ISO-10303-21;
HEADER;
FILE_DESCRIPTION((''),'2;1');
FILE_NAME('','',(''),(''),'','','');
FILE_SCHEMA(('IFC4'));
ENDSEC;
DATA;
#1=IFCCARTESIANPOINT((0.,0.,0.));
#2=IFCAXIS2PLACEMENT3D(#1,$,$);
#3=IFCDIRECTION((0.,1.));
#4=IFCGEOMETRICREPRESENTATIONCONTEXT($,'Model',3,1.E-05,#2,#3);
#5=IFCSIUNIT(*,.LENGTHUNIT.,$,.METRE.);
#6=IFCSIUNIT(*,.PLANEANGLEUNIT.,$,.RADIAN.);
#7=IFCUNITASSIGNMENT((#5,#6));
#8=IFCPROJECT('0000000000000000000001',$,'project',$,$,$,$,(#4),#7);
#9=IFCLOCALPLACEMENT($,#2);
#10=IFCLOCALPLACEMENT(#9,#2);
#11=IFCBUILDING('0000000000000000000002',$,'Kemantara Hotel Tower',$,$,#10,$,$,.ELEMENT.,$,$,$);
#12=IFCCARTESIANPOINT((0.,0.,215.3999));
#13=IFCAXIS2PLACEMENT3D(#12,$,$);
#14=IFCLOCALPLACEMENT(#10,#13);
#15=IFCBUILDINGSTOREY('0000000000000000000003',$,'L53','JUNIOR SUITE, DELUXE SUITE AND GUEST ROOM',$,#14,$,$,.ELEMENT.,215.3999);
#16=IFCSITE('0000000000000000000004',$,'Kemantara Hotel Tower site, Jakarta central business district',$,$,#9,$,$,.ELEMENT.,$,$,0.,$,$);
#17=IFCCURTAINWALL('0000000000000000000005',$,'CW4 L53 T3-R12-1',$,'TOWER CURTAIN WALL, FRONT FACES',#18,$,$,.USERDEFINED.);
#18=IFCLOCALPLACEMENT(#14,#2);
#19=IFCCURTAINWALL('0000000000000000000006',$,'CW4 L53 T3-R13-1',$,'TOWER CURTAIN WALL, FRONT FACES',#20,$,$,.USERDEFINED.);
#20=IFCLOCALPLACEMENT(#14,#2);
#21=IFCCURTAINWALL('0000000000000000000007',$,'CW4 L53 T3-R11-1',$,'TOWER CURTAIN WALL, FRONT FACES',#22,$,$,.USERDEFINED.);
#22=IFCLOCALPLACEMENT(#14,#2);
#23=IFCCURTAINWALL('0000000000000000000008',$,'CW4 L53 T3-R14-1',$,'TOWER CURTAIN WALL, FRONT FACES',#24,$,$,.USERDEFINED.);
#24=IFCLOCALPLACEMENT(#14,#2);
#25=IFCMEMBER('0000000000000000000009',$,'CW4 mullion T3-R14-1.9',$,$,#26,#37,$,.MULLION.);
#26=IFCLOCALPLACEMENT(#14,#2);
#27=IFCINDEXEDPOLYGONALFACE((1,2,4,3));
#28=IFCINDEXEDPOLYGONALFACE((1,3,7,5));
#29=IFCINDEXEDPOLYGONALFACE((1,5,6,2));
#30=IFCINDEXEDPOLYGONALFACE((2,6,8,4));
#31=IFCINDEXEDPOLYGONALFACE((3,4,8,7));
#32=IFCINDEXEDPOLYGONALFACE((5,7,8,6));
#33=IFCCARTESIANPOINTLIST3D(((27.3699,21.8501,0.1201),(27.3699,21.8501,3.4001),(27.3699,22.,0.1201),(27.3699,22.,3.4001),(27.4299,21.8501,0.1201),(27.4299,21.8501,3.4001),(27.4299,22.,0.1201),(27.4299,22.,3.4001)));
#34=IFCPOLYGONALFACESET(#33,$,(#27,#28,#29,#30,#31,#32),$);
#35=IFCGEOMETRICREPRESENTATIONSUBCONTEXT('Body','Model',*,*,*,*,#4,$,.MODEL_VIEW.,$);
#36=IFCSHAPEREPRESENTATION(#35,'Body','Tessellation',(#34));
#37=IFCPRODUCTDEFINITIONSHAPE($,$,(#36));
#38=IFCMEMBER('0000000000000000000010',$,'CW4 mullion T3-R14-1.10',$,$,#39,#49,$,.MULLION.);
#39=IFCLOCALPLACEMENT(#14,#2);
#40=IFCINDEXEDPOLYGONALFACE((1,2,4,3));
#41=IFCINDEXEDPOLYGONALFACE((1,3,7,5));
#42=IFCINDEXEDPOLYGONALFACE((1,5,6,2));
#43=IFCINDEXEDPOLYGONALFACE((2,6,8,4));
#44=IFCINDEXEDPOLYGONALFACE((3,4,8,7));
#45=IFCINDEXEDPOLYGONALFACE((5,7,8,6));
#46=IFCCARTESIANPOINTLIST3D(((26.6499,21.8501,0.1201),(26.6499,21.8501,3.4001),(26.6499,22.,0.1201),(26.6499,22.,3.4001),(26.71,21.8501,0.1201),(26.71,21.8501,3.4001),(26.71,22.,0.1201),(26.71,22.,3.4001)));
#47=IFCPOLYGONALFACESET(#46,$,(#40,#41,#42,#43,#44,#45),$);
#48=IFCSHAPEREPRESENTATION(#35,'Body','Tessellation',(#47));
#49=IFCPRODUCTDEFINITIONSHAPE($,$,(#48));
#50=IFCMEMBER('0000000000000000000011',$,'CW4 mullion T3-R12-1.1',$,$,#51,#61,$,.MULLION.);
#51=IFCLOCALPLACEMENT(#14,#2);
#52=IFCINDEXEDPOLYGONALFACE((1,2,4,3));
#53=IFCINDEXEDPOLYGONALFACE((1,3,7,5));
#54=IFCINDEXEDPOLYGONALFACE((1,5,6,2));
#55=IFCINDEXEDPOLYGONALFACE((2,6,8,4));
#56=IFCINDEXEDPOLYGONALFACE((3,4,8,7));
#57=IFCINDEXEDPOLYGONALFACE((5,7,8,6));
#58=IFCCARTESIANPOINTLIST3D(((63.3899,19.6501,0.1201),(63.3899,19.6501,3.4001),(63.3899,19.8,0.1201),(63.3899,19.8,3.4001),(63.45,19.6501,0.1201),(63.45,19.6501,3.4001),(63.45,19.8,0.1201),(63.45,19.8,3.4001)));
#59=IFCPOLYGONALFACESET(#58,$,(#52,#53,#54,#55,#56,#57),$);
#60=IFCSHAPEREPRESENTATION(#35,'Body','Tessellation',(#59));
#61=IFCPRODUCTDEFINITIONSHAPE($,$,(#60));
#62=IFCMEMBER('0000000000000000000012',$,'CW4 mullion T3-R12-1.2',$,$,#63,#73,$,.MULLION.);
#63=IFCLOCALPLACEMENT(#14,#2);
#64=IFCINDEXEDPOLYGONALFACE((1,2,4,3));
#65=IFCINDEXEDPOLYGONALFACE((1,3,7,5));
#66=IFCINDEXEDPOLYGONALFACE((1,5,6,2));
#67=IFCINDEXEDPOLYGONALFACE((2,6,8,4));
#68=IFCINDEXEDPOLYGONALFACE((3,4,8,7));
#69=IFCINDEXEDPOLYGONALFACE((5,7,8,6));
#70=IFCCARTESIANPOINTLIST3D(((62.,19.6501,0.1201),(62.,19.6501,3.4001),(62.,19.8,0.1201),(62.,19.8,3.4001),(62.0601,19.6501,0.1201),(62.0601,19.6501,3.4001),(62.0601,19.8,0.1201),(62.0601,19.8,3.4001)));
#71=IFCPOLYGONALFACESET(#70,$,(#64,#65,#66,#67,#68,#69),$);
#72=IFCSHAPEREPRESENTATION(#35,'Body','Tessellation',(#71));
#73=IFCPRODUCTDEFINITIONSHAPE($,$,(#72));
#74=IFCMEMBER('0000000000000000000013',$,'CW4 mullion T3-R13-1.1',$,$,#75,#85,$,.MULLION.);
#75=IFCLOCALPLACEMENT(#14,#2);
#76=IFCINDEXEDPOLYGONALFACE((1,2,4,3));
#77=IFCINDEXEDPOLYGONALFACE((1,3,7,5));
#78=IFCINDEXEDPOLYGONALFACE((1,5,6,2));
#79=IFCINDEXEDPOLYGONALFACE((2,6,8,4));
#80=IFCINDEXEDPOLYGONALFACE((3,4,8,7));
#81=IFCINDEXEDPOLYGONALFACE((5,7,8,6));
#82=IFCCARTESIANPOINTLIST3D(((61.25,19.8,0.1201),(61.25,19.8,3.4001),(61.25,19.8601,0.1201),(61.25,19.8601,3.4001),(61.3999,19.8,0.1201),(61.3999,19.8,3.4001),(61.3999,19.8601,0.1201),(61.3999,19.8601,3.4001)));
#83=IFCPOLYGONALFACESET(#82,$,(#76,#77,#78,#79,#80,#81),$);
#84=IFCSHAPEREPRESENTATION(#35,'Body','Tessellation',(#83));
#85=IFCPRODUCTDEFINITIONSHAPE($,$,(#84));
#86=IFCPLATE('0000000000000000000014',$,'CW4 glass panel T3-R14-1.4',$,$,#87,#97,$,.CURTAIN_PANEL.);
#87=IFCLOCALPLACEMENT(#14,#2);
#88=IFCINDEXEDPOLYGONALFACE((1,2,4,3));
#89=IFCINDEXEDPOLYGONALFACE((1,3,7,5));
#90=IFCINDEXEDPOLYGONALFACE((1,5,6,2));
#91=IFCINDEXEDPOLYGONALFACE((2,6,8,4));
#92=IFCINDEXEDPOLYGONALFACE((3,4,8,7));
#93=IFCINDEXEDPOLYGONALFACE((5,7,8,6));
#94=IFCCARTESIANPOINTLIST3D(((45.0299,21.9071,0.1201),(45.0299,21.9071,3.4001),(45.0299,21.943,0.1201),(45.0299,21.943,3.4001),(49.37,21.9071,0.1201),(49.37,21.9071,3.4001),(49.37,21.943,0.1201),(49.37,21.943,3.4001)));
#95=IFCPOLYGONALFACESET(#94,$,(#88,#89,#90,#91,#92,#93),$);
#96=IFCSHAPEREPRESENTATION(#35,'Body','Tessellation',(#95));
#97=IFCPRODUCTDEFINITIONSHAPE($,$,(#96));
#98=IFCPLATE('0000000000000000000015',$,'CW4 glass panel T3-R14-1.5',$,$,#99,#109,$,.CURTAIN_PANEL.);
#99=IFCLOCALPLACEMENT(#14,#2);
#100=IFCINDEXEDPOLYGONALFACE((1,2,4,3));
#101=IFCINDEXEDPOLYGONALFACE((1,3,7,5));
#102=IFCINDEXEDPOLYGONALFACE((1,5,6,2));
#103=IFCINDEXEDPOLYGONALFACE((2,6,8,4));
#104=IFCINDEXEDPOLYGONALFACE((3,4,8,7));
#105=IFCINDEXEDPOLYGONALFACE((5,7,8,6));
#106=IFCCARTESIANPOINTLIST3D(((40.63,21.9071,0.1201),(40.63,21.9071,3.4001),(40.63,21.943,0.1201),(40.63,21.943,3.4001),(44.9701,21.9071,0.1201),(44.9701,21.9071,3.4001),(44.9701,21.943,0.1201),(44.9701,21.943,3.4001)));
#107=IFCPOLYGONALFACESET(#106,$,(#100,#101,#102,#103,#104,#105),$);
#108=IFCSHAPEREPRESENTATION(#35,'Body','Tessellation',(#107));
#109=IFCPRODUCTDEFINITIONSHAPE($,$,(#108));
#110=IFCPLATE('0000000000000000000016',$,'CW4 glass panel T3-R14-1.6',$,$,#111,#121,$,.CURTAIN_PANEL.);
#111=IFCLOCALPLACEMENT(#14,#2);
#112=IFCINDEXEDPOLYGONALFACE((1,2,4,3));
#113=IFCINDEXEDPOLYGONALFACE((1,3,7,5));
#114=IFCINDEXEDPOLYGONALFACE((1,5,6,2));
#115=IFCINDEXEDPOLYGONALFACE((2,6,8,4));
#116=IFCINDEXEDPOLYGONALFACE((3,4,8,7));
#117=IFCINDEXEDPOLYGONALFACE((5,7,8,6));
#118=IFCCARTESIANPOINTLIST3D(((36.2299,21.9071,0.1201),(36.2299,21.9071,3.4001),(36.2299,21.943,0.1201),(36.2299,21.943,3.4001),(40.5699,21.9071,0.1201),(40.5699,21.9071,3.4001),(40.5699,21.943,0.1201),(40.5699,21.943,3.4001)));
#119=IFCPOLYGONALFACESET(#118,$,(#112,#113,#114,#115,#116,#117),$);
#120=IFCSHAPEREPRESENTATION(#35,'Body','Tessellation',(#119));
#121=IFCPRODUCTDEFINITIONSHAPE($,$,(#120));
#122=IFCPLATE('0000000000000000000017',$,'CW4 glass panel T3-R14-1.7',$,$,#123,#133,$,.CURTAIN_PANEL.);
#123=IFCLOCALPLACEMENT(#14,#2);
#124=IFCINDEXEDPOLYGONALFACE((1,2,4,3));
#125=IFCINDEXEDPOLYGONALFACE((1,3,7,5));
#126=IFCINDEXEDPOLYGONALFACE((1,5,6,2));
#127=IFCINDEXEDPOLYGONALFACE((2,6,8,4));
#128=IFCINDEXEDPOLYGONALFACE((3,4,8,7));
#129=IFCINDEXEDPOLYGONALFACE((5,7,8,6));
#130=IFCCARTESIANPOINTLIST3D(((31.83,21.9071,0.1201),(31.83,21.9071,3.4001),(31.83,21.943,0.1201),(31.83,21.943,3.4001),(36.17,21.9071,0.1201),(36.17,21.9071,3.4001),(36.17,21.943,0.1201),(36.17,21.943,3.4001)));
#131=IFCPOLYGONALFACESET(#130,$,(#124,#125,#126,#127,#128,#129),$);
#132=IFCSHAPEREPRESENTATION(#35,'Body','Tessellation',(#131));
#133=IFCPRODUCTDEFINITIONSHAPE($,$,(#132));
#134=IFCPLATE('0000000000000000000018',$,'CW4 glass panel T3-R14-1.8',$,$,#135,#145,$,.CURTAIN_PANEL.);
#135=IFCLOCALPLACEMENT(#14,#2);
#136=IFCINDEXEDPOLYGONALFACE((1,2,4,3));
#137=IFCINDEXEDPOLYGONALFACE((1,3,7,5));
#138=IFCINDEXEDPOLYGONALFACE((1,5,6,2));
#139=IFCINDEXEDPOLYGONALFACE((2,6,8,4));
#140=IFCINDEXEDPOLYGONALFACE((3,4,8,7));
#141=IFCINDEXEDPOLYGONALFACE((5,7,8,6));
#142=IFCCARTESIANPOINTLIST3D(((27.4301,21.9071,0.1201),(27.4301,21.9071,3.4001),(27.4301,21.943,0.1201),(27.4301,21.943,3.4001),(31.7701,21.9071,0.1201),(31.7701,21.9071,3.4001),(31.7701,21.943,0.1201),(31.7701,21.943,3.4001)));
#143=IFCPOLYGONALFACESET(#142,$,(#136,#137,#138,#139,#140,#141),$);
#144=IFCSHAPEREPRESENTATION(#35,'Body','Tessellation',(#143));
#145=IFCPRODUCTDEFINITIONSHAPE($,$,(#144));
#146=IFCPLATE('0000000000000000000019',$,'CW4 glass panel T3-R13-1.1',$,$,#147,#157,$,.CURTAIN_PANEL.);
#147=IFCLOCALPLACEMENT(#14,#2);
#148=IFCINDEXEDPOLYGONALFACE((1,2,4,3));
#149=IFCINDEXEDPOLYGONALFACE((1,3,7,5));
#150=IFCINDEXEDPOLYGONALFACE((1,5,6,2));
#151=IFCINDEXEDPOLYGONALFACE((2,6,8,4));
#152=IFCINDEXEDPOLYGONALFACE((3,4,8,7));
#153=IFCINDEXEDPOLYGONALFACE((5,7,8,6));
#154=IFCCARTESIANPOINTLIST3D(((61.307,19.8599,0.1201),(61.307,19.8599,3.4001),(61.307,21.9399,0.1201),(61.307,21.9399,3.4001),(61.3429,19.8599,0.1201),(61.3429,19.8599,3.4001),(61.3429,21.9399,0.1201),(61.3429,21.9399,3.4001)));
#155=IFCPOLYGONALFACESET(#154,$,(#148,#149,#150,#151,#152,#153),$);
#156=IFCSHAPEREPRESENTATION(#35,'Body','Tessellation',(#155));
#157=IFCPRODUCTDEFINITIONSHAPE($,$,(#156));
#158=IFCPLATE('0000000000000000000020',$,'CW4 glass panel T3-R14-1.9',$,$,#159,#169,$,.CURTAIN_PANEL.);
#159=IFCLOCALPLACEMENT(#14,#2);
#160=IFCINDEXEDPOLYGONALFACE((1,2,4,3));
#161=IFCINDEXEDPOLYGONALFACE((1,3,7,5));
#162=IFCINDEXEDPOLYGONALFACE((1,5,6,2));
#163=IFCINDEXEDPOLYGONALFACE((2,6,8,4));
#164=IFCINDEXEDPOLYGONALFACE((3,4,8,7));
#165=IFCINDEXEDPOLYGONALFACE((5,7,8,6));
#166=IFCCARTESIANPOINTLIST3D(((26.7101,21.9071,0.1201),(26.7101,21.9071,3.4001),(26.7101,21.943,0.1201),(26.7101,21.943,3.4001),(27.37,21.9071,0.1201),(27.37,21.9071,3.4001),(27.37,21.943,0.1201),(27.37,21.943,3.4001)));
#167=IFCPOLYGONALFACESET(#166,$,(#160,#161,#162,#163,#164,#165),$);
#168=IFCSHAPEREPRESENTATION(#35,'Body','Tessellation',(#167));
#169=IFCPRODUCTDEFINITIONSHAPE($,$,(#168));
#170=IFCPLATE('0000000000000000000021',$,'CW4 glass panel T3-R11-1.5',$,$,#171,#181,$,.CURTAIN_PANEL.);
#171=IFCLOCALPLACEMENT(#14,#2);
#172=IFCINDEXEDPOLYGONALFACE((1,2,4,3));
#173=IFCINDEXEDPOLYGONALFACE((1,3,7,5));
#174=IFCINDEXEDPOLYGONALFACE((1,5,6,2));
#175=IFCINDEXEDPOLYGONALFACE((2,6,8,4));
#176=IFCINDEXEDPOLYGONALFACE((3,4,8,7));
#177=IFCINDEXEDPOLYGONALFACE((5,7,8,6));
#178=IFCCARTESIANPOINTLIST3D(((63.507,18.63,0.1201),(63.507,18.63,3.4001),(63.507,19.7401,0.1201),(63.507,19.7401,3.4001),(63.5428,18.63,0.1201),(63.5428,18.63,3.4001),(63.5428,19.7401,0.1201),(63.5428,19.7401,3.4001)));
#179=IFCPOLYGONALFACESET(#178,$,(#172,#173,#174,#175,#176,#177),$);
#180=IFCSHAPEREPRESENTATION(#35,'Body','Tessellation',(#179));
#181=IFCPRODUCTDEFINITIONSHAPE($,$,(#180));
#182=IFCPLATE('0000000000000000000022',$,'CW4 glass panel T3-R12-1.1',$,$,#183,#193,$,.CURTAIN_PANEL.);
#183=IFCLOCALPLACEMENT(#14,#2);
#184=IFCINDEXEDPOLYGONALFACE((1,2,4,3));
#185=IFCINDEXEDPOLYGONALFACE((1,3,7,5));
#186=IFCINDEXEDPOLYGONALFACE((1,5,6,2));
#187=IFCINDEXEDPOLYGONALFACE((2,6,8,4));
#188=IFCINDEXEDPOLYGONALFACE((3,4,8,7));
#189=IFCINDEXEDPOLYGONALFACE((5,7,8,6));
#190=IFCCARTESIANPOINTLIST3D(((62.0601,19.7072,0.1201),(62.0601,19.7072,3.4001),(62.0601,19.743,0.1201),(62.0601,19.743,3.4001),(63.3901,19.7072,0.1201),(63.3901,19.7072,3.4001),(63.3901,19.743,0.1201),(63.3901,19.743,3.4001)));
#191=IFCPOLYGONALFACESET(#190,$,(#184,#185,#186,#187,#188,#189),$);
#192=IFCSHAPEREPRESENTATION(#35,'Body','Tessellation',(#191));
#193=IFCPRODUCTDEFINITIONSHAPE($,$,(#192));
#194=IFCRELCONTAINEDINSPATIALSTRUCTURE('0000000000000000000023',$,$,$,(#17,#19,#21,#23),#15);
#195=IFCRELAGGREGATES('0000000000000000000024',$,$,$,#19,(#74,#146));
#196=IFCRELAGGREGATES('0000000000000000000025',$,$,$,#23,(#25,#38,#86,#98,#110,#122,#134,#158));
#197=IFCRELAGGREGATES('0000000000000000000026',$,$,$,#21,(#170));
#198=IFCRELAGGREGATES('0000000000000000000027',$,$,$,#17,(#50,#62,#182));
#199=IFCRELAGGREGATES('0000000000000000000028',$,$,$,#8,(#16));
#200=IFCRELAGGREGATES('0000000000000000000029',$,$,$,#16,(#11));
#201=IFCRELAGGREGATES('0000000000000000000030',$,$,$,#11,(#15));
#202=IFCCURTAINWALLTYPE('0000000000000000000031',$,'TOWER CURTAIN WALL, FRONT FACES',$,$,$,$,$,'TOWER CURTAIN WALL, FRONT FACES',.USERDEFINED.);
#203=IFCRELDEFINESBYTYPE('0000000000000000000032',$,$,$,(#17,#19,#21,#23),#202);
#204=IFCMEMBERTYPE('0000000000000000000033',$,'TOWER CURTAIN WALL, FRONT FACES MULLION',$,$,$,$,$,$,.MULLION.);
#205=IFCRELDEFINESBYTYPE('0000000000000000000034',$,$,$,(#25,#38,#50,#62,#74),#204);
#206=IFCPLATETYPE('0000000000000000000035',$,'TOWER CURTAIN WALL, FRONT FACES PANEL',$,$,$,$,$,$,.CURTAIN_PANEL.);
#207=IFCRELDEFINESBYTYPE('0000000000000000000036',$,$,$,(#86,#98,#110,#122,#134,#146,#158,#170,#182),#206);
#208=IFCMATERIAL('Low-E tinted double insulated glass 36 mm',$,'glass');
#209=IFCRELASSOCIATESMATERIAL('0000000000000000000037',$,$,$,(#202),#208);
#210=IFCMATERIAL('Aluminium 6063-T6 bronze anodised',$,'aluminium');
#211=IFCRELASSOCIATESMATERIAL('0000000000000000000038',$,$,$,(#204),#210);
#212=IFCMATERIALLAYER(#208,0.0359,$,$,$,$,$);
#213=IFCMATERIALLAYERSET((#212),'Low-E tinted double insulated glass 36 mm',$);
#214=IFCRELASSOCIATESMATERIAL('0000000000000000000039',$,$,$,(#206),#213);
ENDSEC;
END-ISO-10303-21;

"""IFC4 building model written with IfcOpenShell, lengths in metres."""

from ifc_helpers import new_model, si_unit, direction, frame, origin, origin_2d, place, context, subcontext, project, spatial, rectangle, extrude, source, transform, mapped, material, layer, layer_set, material_profile, profile_set, type_object, element, aggregate, save


model = new_model("IFC4")

# Units and contexts
model_context = context("Model", 3, precision=1e-05, world=origin(), true_north=direction((0.0, 1.0)))
body_context = subcontext(model_context, "Body", "Model", "MODEL_VIEW")
ifc_project = project(units=[si_unit("LENGTHUNIT", "METRE"), si_unit("PLANEANGLEUNIT", "RADIAN")], contexts=[model_context])

# Site, building, storey
site_placement = place(None, origin())
site = spatial("IfcSite", under=ifc_project, at=site_placement, Name="Kemantara Hotel Tower site, Jakarta central business district", CompositionType="ELEMENT", RefElevation=0.0)
building_placement = place(site_placement, origin())
building = spatial("IfcBuilding", under=site, at=building_placement, Name="Kemantara Hotel Tower", CompositionType="ELEMENT")
storey_placement = place(building_placement, frame((0.0, 0.0, 215.3999)))
storey = spatial("IfcBuildingStorey", under=building, at=storey_placement, Name="L53", Description="JUNIOR SUITE, DELUXE SUITE AND GUEST ROOM", CompositionType="ELEMENT", Elevation=215.3999)

# Curtain walls
ifc_material_1 = material(Name="Low-E tinted double insulated glass 36 mm", Category="glass")
curtain_wall_type = type_object("IfcCurtainWallType", Name="TOWER CURTAIN WALL, FRONT FACES", ElementType="TOWER CURTAIN WALL, FRONT FACES", PredefinedType="USERDEFINED", material=ifc_material_1)
curtain_wall_1_placement = place(storey_placement, origin())
curtain_wall_1 = element("IfcCurtainWall", 1, at=curtain_wall_1_placement, inside=storey, type_object=curtain_wall_type, Name="CW4 L53 T3-R12-1", ObjectType="TOWER CURTAIN WALL, FRONT FACES", PredefinedType="USERDEFINED")
ifc_material_2 = material(Name="Aluminium 6063-T6 bronze anodised", Category="aluminium")
curtain_wall_2_placement = place(storey_placement, origin())
curtain_wall_2 = element("IfcCurtainWall", 2, at=curtain_wall_2_placement, inside=storey, type_object=curtain_wall_type, Name="CW4 L53 T3-R13-1", ObjectType="TOWER CURTAIN WALL, FRONT FACES", PredefinedType="USERDEFINED")

# Curtain walls, members
curtain_wall_3_placement = place(storey_placement, origin())
curtain_wall_3 = element("IfcCurtainWall", 3, at=curtain_wall_3_placement, inside=storey, type_object=curtain_wall_type, Name="CW4 L53 T3-R11-1", ObjectType="TOWER CURTAIN WALL, FRONT FACES", PredefinedType="USERDEFINED")
ifc_material_profile_1 = material_profile(ifc_material_2, rectangle(XDim=0.1499, YDim=0.0601, at=origin_2d()), Name="TOWER CURTAIN WALL, FRONT FACES MULLION")
ifc_profile_set_1 = profile_set([ifc_material_profile_1], Name="Aluminium 6063-T6 bronze anodised")
member_type_1 = type_object("IfcMemberType", Name="TOWER CURTAIN WALL, FRONT FACES MULLION", PredefinedType="MULLION", material=ifc_profile_set_1)
shared_shape_1 = source(origin(), body_context, "Body", "SweptSolid", [
    extrude(rectangle(XDim=0.1499, YDim=0.0601, at=origin_2d()), origin(), (0.0, 0.0, 1.0), 3.28),
])
curtain_wall_4_placement = place(storey_placement, origin())
curtain_wall_4 = element("IfcCurtainWall", 4, at=curtain_wall_4_placement, inside=storey, type_object=curtain_wall_type, Name="CW4 L53 T3-R14-1", ObjectType="TOWER CURTAIN WALL, FRONT FACES", PredefinedType="USERDEFINED")
member_1_placement = place(storey_placement, frame((27.3999, 21.925, 0.1201), z_axis=(0.0, 0.0, 1.0), x_axis=(0.0, -1.0, 0.0)))
member_1 = element("IfcMember", 5, at=member_1_placement, type_object=member_type_1, Name="CW4 mullion T3-R14-1.9", PredefinedType="MULLION", context=body_context, shape_type="MappedRepresentation", body=[
    mapped(shared_shape_1, transform((0.0, 0.0, 0.0))),
])
member_2_placement = place(storey_placement, frame((26.6799, 21.925, 0.1201), z_axis=(0.0, 0.0, 1.0), x_axis=(0.0, -1.0, 0.0)))
member_2 = element("IfcMember", 6, at=member_2_placement, type_object=member_type_1, Name="CW4 mullion T3-R14-1.10", PredefinedType="MULLION", context=body_context, shape_type="MappedRepresentation", body=[
    mapped(shared_shape_1, transform((0.0, 0.0, 0.0))),
])

# Members
member_3_placement = place(storey_placement, frame((63.4199, 19.7251, 0.1201), z_axis=(0.0, 0.0, 1.0), x_axis=(0.0, -1.0, 0.0)))
member_3 = element("IfcMember", 7, at=member_3_placement, type_object=member_type_1, Name="CW4 mullion T3-R12-1.1", PredefinedType="MULLION", context=body_context, shape_type="MappedRepresentation", body=[
    mapped(shared_shape_1, transform((0.0, 0.0, 0.0))),
])
member_4_placement = place(storey_placement, frame((62.03, 19.7251, 0.1201), z_axis=(0.0, 0.0, 1.0), x_axis=(0.0, -1.0, 0.0)))
member_4 = element("IfcMember", 8, at=member_4_placement, type_object=member_type_1, Name="CW4 mullion T3-R12-1.2", PredefinedType="MULLION", context=body_context, shape_type="MappedRepresentation", body=[
    mapped(shared_shape_1, transform((0.0, 0.0, 0.0))),
])
member_5_placement = place(storey_placement, frame((61.325, 19.8301, 0.1201), z_axis=(0.0, 0.0, 1.0), x_axis=(-1.0, 0.0, 0.0)))
member_5 = element("IfcMember", 9, at=member_5_placement, type_object=member_type_1, Name="CW4 mullion T3-R13-1.1", PredefinedType="MULLION", context=body_context, shape_type="MappedRepresentation", body=[
    mapped(shared_shape_1, transform((0.0, 0.0, 0.0))),
])

# Plates
ifc_layer_1 = layer(ifc_material_1, 0.0359)
ifc_layer_set_1 = layer_set([ifc_layer_1], Name="Low-E tinted double insulated glass 36 mm")
plate_type = type_object("IfcPlateType", Name="TOWER CURTAIN WALL, FRONT FACES PANEL", PredefinedType="CURTAIN_PANEL", material=ifc_layer_set_1)
shared_shape_2 = source(origin(), body_context, "Body", "SweptSolid", [
    extrude(rectangle(XDim=4.3401, YDim=0.0359, at=origin_2d()), origin(), (0.0, 0.0, 1.0), 3.28),
])
plate_1_placement = place(storey_placement, frame((47.2, 21.925, 0.1201), z_axis=(0.0, 0.0, 1.0), x_axis=(-1.0, 0.0, 0.0)))
plate_1 = element("IfcPlate", 10, at=plate_1_placement, type_object=plate_type, Name="CW4 glass panel T3-R14-1.4", PredefinedType="CURTAIN_PANEL", context=body_context, shape_type="MappedRepresentation", body=[
    mapped(shared_shape_2, transform((0.0, 0.0, 0.0))),
])
plate_2_placement = place(storey_placement, frame((42.8, 21.925, 0.1201), z_axis=(0.0, 0.0, 1.0), x_axis=(-1.0, 0.0, 0.0)))
plate_2 = element("IfcPlate", 11, at=plate_2_placement, type_object=plate_type, Name="CW4 glass panel T3-R14-1.5", PredefinedType="CURTAIN_PANEL", context=body_context, shape_type="MappedRepresentation", body=[
    mapped(shared_shape_2, transform((0.0, 0.0, 0.0))),
])
plate_3_placement = place(storey_placement, frame((38.3999, 21.925, 0.1201), z_axis=(0.0, 0.0, 1.0), x_axis=(-1.0, 0.0, 0.0)))
plate_3 = element("IfcPlate", 12, at=plate_3_placement, type_object=plate_type, Name="CW4 glass panel T3-R14-1.6", PredefinedType="CURTAIN_PANEL", context=body_context, shape_type="MappedRepresentation", body=[
    mapped(shared_shape_2, transform((0.0, 0.0, 0.0))),
])
plate_4_placement = place(storey_placement, frame((34.0, 21.925, 0.1201), z_axis=(0.0, 0.0, 1.0), x_axis=(-1.0, 0.0, 0.0)))
plate_4 = element("IfcPlate", 13, at=plate_4_placement, type_object=plate_type, Name="CW4 glass panel T3-R14-1.7", PredefinedType="CURTAIN_PANEL", context=body_context, shape_type="MappedRepresentation", body=[
    mapped(shared_shape_2, transform((0.0, 0.0, 0.0))),
])
plate_5_placement = place(storey_placement, frame((29.6001, 21.925, 0.1201), z_axis=(0.0, 0.0, 1.0), x_axis=(-1.0, 0.0, 0.0)))
plate_5 = element("IfcPlate", 14, at=plate_5_placement, type_object=plate_type, Name="CW4 glass panel T3-R14-1.8", PredefinedType="CURTAIN_PANEL", context=body_context, shape_type="MappedRepresentation", body=[
    mapped(shared_shape_2, transform((0.0, 0.0, 0.0))),
])
shared_shape_3 = source(origin(), body_context, "Body", "SweptSolid", [
    extrude(rectangle(XDim=2.0801, YDim=0.0359, at=origin_2d()), origin(), (0.0, 0.0, 1.0), 3.28),
])
plate_6_placement = place(storey_placement, frame((61.325, 20.8999, 0.1201), z_axis=(0.0, 0.0, 1.0), x_axis=(0.0, 1.0, 0.0)))
plate_6 = element("IfcPlate", 15, at=plate_6_placement, type_object=plate_type, Name="CW4 glass panel T3-R13-1.1", PredefinedType="CURTAIN_PANEL", context=body_context, shape_type="MappedRepresentation", body=[
    mapped(shared_shape_3, transform((0.0, 0.0, 0.0))),
])
aggregate(curtain_wall_2, [member_5, plate_6])
shared_shape_4 = source(origin(), body_context, "Body", "SweptSolid", [
    extrude(rectangle(XDim=0.6599, YDim=0.0359, at=origin_2d()), origin(), (0.0, 0.0, 1.0), 3.28),
])
plate_7_placement = place(storey_placement, frame((27.04, 21.925, 0.1201), z_axis=(0.0, 0.0, 1.0), x_axis=(-1.0, 0.0, 0.0)))
plate_7 = element("IfcPlate", 16, at=plate_7_placement, type_object=plate_type, Name="CW4 glass panel T3-R14-1.9", PredefinedType="CURTAIN_PANEL", context=body_context, shape_type="MappedRepresentation", body=[
    mapped(shared_shape_4, transform((0.0, 0.0, 0.0))),
])
aggregate(curtain_wall_4, [member_1, member_2, plate_1, plate_2, plate_3, plate_4, plate_5, plate_7])
shared_shape_5 = source(origin(), body_context, "Body", "SweptSolid", [
    extrude(rectangle(XDim=1.1101, YDim=0.0359, at=origin_2d()), origin(), (0.0, 0.0, 1.0), 3.28),
])
plate_8_placement = place(storey_placement, frame((63.5249, 19.1851, 0.1201), z_axis=(0.0, 0.0, 1.0), x_axis=(0.0, 1.0, 0.0)))
plate_8 = element("IfcPlate", 17, at=plate_8_placement, type_object=plate_type, Name="CW4 glass panel T3-R11-1.5", PredefinedType="CURTAIN_PANEL", context=body_context, shape_type="MappedRepresentation", body=[
    mapped(shared_shape_5, transform((0.0, 0.0, 0.0))),
])
aggregate(curtain_wall_3, [plate_8])
shared_shape_6 = source(origin(), body_context, "Body", "SweptSolid", [
    extrude(rectangle(XDim=1.3301, YDim=0.0359, at=origin_2d()), origin(), (0.0, 0.0, 1.0), 3.28),
])
plate_9_placement = place(storey_placement, frame((62.7251, 19.7251, 0.1201), z_axis=(0.0, 0.0, 1.0), x_axis=(-1.0, 0.0, 0.0)))
plate_9 = element("IfcPlate", 18, at=plate_9_placement, type_object=plate_type, Name="CW4 glass panel T3-R12-1.1", PredefinedType="CURTAIN_PANEL", context=body_context, shape_type="MappedRepresentation", body=[
    mapped(shared_shape_6, transform((0.0, 0.0, 0.0))),
])
aggregate(curtain_wall_1, [member_3, member_4, plate_9])

save(model, "model.ifc")
